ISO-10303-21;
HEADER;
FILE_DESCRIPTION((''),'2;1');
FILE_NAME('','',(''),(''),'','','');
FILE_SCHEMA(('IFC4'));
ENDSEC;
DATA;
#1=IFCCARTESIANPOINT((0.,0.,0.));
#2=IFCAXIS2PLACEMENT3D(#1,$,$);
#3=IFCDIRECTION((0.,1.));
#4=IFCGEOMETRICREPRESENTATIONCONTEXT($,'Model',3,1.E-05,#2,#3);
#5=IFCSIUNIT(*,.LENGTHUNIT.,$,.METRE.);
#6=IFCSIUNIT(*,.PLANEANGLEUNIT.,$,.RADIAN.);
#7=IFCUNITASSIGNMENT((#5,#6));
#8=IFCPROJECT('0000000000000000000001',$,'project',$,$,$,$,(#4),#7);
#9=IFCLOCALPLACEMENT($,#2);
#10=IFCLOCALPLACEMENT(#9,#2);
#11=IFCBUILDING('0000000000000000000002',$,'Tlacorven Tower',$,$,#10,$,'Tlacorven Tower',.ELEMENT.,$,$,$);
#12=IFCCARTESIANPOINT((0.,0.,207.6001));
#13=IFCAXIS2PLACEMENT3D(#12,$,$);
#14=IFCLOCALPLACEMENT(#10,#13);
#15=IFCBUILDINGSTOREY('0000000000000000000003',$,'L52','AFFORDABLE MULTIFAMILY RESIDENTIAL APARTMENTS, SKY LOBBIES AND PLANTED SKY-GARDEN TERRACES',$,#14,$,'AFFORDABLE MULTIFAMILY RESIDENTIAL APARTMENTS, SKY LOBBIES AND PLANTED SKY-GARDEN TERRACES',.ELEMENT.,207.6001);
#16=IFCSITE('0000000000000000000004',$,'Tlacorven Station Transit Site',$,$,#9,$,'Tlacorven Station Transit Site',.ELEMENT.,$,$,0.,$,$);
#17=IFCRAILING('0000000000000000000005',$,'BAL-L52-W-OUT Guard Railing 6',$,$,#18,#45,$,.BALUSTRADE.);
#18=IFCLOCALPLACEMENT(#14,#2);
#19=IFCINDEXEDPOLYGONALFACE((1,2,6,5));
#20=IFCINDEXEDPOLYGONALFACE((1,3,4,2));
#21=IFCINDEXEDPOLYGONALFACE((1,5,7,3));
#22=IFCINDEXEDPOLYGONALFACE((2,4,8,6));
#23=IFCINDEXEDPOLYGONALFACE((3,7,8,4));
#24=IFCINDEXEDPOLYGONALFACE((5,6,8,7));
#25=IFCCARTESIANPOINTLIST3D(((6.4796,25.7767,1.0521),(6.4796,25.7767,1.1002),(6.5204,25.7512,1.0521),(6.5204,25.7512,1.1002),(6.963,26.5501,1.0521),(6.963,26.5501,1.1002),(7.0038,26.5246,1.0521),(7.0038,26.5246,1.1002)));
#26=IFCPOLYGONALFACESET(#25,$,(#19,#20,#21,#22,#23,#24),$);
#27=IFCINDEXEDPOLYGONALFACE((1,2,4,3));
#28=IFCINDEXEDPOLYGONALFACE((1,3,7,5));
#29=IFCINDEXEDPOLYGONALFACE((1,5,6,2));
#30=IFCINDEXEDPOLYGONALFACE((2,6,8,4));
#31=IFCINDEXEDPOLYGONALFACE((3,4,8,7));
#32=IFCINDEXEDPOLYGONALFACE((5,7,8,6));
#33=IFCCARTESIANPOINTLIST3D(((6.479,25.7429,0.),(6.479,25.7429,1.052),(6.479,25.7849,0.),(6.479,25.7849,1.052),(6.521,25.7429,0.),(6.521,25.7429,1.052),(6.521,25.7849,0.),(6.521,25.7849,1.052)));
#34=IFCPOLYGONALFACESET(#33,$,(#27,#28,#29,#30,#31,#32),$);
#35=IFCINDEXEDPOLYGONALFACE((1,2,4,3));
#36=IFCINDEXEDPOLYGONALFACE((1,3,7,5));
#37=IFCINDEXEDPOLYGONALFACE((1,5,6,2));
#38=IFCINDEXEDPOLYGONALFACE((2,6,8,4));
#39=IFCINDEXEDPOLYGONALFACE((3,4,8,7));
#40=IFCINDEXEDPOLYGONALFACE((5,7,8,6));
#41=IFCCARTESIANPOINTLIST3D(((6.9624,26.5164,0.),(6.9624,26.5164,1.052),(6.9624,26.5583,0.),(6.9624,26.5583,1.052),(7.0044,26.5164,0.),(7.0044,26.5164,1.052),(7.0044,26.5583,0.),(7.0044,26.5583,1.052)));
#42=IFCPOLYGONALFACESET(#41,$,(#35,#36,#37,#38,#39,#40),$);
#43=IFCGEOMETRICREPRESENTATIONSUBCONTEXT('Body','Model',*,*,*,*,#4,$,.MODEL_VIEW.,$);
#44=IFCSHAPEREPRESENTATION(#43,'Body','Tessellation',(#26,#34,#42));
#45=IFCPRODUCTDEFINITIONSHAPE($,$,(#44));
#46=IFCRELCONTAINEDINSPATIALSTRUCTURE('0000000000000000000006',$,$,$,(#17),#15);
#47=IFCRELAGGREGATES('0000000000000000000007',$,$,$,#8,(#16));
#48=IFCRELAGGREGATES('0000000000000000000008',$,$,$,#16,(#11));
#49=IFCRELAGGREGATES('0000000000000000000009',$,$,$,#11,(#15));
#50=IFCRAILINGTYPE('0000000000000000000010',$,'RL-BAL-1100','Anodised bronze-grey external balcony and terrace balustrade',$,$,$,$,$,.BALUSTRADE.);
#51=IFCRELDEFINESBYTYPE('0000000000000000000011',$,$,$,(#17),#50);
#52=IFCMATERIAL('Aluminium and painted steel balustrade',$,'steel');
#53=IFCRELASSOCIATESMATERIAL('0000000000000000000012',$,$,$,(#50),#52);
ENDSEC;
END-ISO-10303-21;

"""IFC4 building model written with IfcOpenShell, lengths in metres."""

from ifc_helpers import new_model, si_unit, direction, frame, origin, origin_2d, place, context, subcontext, project, spatial, rectangle, extrude, source, transform, mapped, material, type_object, element, save


model = new_model("IFC4")

# Units and contexts
model_context = context("Model", 3, precision=1e-05, world=origin(), true_north=direction((0.0, 1.0)))
body_context = subcontext(model_context, "Body", "Model", "MODEL_VIEW")
ifc_project = project(units=[si_unit("LENGTHUNIT", "METRE"), si_unit("PLANEANGLEUNIT", "RADIAN")], contexts=[model_context])

# Site, building, storey
site_placement = place(None, origin())
site = spatial("IfcSite", under=ifc_project, at=site_placement, Name="Tlacorven Station Transit Site", LongName="Tlacorven Station Transit Site", CompositionType="ELEMENT", RefElevation=0.0)
building_placement = place(site_placement, origin())
building = spatial("IfcBuilding", under=site, at=building_placement, Name="Tlacorven Tower", LongName="Tlacorven Tower", CompositionType="ELEMENT")
storey_placement = place(building_placement, frame((0.0, 0.0, 207.6001)))
storey = spatial("IfcBuildingStorey", under=building, at=storey_placement, Name="L52", Description="AFFORDABLE MULTIFAMILY RESIDENTIAL APARTMENTS, SKY LOBBIES AND PLANTED SKY-GARDEN TERRACES", LongName="AFFORDABLE MULTIFAMILY RESIDENTIAL APARTMENTS, SKY LOBBIES AND PLANTED SKY-GARDEN TERRACES", CompositionType="ELEMENT", Elevation=207.6001)

# Railing
ifc_material_1 = material(Name="Aluminium and painted steel balustrade", Category="steel")
railing_type = type_object("IfcRailingType", Name="RL-BAL-1100", Description="Anodised bronze-grey external balcony and terrace balustrade", PredefinedType="BALUSTRADE", material=ifc_material_1)
shared_shape_1 = source(origin(), body_context, "Body", "SweptSolid", [
    extrude(rectangle(XDim=0.0481, YDim=0.0481, at=origin_2d()), frame((0.0, 0.0, 1.0762), z_axis=(0.529999, 0.847998, 0.0), x_axis=(-0.847998, 0.529999, 0.0)), (0.0, 0.0, 1.0), 0.9121),
    extrude(rectangle(XDim=0.042, YDim=0.042, at=origin_2d()), origin(), (0.0, 0.0, 1.0), 1.052),
    extrude(rectangle(XDim=0.042, YDim=0.042, at=origin_2d()), frame((0.4834, 0.7734, 0.0)), (0.0, 0.0, 1.0), 1.052),
])
railing_1_placement = place(storey_placement, frame((6.5, 25.7639, 0.0)))
element("IfcRailing", 1, at=railing_1_placement, inside=storey, type_object=railing_type, Name="BAL-L52-W-OUT Guard Railing 6", PredefinedType="BALUSTRADE", context=body_context, shape_type="MappedRepresentation", body=[
    mapped(shared_shape_1, transform((0.0, 0.0, 0.0), scale=1.0)),
])

save(model, "model.ifc")
